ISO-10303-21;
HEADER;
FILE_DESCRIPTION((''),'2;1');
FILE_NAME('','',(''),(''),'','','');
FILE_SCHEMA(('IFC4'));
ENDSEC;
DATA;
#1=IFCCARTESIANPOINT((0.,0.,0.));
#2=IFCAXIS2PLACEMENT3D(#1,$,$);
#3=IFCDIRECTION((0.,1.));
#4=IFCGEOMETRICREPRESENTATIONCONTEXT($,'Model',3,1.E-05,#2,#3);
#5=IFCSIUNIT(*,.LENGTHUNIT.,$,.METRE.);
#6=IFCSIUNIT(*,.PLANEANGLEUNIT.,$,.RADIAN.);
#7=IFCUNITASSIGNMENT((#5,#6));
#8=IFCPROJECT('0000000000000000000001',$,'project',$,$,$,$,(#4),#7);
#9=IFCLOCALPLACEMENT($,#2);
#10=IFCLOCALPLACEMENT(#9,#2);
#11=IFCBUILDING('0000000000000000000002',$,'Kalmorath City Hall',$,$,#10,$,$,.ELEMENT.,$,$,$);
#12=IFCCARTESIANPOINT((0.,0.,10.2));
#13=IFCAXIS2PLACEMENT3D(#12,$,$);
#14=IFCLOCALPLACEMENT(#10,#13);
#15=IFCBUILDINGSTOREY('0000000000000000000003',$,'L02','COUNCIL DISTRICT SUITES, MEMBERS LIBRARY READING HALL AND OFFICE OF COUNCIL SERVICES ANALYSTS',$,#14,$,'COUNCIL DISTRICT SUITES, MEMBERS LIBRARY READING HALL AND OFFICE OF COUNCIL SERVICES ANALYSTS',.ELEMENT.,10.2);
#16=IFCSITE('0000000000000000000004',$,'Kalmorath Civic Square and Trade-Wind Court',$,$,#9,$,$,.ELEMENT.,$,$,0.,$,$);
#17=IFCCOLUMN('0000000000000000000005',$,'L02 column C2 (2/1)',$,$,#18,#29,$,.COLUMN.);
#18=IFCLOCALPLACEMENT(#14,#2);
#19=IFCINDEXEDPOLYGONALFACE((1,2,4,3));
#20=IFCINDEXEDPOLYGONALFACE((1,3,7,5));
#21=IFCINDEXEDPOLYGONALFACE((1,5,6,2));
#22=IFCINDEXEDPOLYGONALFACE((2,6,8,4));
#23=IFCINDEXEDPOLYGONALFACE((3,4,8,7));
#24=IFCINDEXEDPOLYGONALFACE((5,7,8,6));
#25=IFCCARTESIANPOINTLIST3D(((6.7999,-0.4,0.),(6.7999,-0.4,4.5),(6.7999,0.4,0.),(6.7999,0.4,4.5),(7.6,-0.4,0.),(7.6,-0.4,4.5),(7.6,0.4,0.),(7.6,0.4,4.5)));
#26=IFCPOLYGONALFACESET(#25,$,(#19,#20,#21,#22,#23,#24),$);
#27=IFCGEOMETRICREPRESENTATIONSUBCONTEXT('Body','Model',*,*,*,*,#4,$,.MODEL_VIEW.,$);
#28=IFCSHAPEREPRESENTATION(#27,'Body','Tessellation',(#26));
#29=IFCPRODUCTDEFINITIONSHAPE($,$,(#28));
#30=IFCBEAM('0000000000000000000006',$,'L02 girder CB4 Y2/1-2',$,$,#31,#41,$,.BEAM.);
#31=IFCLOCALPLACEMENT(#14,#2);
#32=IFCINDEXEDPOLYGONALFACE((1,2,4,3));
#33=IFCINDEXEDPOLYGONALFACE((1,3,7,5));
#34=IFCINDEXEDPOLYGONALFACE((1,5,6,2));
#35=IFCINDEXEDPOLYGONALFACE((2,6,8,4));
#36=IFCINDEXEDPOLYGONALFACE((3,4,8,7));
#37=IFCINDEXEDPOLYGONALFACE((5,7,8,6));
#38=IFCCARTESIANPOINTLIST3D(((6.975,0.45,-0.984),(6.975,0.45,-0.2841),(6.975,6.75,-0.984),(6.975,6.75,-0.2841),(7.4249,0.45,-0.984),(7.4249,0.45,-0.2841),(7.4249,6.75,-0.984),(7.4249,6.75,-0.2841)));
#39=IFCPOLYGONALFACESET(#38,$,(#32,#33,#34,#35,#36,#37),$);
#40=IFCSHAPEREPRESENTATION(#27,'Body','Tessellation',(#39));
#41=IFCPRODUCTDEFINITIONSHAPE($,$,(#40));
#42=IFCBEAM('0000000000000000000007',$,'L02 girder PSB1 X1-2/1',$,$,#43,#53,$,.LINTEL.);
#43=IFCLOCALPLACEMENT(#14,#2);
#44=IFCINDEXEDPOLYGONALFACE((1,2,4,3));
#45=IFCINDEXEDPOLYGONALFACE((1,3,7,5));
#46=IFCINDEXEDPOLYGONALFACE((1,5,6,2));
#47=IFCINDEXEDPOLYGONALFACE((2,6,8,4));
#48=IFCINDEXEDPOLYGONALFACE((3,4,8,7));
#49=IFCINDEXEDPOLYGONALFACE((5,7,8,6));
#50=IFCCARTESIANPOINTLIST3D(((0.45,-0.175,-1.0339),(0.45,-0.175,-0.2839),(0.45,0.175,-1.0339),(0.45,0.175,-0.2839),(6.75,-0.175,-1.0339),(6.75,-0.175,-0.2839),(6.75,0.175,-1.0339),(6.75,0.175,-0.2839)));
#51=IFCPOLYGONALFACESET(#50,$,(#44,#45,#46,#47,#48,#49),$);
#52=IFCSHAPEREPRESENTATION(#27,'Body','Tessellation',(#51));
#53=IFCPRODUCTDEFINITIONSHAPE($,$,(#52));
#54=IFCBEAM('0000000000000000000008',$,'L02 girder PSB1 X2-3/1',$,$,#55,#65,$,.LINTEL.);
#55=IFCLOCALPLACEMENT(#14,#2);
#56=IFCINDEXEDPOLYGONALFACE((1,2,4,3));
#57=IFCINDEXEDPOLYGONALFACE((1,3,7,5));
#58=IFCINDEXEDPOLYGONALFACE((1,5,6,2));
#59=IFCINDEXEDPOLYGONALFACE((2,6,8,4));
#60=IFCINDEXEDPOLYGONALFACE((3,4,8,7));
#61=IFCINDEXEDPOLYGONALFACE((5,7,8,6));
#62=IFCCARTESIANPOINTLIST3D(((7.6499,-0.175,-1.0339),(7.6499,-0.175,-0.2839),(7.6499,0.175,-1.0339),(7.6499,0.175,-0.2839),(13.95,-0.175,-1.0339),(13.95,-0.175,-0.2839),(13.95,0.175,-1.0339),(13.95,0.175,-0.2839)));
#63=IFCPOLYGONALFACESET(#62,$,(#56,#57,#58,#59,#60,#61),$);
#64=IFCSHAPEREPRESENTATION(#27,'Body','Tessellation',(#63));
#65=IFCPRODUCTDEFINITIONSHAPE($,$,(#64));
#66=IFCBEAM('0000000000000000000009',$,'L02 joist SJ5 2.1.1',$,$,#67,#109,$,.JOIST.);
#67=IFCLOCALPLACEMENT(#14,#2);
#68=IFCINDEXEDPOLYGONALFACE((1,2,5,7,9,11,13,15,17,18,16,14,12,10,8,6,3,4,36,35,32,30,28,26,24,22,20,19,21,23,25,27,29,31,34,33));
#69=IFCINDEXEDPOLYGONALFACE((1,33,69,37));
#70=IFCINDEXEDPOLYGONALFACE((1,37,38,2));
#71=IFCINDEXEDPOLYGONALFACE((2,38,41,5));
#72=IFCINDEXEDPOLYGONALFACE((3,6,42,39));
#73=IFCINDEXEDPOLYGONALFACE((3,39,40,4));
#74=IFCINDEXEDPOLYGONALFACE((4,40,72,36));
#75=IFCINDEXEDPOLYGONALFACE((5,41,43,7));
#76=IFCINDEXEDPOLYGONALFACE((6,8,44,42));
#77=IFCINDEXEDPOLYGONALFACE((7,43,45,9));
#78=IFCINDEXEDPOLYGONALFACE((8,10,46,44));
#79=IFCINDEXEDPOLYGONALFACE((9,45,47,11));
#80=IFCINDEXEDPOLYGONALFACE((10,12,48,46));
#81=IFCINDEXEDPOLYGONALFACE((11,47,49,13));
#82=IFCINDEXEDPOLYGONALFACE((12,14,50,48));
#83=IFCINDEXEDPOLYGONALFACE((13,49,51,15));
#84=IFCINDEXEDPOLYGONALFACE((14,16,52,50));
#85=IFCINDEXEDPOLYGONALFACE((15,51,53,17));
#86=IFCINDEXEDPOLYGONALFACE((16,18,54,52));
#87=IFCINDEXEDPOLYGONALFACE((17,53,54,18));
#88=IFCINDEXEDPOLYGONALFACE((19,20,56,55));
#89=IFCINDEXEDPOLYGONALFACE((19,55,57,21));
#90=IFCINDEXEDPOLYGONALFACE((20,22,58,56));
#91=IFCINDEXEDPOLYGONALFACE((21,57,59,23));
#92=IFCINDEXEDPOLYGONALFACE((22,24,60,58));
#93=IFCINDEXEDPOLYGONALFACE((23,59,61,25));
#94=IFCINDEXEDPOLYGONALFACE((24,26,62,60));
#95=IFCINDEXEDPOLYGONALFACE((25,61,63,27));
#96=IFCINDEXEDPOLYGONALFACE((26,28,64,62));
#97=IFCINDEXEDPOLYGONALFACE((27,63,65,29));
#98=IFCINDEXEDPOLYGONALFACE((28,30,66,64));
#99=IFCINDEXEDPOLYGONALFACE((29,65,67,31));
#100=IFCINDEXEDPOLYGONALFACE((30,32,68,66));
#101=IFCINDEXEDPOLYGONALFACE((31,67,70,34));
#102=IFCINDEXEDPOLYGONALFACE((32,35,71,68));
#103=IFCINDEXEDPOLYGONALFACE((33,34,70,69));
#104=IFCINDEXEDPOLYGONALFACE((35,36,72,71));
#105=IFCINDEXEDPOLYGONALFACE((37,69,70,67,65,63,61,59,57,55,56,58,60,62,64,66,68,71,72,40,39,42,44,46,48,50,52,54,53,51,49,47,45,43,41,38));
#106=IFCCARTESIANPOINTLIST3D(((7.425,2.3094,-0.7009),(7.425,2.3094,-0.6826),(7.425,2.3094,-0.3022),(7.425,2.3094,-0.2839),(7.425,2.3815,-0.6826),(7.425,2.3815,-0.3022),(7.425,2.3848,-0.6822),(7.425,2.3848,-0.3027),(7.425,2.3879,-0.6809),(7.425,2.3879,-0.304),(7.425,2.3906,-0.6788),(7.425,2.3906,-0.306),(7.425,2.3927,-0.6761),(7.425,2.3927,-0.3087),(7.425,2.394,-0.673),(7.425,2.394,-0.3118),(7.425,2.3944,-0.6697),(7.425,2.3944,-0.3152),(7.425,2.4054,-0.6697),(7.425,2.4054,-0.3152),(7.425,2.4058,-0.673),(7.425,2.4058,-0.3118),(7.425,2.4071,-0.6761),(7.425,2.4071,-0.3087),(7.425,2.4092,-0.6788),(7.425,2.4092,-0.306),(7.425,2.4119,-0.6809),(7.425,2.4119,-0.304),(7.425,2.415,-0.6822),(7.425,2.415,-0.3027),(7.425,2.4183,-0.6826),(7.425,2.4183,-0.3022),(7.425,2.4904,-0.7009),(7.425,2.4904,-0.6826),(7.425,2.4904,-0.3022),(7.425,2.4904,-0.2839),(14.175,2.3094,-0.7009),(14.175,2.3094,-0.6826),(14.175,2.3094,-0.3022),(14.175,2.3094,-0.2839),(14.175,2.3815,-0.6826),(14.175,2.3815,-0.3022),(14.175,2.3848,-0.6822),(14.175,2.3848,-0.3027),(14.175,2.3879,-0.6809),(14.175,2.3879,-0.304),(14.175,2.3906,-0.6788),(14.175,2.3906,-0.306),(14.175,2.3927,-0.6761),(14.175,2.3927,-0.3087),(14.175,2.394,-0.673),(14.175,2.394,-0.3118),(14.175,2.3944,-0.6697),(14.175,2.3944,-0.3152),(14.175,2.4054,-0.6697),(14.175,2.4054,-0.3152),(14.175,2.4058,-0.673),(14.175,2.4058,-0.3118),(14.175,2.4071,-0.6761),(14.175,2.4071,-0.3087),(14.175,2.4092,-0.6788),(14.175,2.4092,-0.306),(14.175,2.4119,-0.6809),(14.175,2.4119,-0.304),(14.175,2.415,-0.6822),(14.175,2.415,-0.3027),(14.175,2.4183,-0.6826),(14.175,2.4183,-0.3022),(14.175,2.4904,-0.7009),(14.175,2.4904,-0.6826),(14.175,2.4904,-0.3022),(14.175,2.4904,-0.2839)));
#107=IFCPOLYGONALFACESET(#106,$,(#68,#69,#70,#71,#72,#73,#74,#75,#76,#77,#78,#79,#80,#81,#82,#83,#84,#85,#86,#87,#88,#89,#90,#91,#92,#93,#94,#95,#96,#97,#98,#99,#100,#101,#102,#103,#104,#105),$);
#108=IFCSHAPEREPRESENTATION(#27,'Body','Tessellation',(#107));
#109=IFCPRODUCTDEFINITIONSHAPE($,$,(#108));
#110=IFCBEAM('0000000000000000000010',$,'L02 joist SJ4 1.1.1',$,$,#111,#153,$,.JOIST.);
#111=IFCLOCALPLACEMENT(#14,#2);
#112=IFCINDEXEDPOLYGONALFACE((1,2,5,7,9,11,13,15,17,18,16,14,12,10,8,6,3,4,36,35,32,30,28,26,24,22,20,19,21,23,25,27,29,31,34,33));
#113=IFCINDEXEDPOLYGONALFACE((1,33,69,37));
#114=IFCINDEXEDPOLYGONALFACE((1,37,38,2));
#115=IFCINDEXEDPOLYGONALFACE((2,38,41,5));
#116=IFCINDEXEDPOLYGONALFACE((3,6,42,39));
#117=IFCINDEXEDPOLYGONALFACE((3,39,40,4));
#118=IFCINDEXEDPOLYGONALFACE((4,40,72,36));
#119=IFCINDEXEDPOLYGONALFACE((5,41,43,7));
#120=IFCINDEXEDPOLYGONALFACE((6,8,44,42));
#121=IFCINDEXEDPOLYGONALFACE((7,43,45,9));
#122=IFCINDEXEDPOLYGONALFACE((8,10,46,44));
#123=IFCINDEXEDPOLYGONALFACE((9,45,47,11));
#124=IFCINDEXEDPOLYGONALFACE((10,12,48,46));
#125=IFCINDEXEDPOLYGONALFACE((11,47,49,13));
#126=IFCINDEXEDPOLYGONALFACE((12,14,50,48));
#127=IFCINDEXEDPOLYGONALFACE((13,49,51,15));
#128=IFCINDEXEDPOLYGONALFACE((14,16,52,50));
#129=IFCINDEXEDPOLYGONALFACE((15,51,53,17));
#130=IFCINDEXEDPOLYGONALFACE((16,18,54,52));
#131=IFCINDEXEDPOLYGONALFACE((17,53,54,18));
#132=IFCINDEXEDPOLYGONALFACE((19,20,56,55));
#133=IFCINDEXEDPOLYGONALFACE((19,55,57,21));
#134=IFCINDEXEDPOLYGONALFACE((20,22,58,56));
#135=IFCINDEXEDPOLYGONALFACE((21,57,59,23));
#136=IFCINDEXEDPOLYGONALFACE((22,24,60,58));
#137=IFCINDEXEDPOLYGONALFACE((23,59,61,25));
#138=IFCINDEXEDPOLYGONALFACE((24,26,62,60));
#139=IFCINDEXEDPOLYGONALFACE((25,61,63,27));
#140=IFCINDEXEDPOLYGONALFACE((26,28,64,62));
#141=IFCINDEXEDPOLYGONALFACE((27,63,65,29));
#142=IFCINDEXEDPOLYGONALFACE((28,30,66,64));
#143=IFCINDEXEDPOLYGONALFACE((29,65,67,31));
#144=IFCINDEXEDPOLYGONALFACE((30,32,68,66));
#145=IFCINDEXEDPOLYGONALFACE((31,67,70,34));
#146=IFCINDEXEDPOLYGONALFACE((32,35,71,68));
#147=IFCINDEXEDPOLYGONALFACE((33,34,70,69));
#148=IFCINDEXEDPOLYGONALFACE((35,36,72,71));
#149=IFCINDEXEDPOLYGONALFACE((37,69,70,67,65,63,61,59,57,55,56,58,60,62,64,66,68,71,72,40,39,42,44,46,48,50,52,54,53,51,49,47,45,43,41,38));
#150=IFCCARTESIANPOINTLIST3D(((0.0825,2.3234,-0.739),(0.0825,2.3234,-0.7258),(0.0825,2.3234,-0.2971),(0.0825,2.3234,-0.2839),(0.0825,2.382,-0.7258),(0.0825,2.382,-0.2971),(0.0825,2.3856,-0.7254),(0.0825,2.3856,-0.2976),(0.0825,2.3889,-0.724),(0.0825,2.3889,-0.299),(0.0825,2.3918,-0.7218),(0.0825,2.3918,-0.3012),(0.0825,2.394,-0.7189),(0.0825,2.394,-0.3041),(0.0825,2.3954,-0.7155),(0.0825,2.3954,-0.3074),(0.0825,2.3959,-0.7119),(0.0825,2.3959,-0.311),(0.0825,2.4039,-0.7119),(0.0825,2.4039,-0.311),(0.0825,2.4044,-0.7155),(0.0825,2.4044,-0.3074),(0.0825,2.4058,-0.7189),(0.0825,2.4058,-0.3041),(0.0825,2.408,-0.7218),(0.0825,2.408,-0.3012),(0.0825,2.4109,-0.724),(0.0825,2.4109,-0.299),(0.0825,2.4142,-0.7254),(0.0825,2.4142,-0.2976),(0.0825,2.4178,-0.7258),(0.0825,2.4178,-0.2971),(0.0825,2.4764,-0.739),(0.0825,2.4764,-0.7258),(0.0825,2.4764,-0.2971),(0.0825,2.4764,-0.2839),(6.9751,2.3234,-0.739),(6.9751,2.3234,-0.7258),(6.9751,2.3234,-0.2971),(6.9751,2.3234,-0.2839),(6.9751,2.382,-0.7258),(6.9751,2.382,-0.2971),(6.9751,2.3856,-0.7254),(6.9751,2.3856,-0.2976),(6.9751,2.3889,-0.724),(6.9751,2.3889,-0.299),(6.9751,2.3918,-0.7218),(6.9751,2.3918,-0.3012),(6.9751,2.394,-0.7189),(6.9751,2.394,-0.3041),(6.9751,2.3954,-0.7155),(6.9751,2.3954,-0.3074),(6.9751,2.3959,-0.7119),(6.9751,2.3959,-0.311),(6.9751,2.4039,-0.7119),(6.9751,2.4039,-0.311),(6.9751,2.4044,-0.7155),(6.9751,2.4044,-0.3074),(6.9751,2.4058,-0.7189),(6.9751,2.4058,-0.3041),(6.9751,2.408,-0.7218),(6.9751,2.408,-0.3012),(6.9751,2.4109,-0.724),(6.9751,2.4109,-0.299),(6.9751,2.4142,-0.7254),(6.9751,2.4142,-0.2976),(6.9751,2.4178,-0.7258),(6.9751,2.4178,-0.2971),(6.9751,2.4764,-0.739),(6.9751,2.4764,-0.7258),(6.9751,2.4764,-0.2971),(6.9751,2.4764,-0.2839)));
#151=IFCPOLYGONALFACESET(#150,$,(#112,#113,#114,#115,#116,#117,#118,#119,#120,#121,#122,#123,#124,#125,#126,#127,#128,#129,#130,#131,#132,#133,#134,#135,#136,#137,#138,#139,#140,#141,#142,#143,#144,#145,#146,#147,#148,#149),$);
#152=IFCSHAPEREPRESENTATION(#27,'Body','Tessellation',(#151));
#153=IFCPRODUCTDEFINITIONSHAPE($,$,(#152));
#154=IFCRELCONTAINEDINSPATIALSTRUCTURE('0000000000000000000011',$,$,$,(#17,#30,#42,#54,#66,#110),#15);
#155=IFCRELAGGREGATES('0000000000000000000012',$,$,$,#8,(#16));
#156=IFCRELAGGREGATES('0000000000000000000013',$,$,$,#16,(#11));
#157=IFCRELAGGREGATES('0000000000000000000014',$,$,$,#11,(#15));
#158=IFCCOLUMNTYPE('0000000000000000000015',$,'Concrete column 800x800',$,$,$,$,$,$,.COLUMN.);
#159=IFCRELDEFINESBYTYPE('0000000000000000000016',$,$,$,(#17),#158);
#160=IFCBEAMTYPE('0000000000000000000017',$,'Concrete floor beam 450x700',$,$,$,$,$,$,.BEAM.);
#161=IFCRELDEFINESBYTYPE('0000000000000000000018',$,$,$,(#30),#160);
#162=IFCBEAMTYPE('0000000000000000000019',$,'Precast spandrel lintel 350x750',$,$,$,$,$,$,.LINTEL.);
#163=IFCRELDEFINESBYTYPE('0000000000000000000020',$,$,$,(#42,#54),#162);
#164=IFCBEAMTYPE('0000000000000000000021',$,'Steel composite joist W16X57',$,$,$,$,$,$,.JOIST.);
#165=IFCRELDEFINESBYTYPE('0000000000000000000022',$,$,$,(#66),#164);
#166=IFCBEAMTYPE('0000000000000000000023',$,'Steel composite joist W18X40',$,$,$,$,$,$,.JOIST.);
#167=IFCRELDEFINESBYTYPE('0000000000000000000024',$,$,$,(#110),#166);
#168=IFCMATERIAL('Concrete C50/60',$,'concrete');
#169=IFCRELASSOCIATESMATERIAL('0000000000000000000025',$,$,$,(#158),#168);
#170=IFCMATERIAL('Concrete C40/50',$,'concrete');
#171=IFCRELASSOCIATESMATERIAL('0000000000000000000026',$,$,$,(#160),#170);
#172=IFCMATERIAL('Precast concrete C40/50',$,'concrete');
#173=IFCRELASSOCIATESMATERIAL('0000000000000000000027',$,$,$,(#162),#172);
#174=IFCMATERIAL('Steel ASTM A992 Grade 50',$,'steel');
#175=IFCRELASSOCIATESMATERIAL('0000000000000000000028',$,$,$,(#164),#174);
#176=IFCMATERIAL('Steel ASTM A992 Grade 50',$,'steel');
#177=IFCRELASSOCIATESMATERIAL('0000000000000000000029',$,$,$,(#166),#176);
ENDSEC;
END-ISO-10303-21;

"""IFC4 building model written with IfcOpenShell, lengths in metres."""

from ifc_helpers import new_model, si_unit, direction, frame, origin, origin_2d, place, context, subcontext, project, spatial, rectangle, i_section, extrude, material, material_profile, profile_set, type_object, element, save


model = new_model("IFC4")

# Units and contexts
model_context = context("Model", 3, precision=1e-05, world=origin(), true_north=direction((0.0, 1.0)))
body_context = subcontext(model_context, "Body", "Model", "MODEL_VIEW")
ifc_project = project(units=[si_unit("LENGTHUNIT", "METRE"), si_unit("PLANEANGLEUNIT", "RADIAN")], contexts=[model_context])

# Site, building, storey
site_placement = place(None, origin())
site = spatial("IfcSite", under=ifc_project, at=site_placement, Name="Kalmorath Civic Square and Trade-Wind Court", CompositionType="ELEMENT", RefElevation=0.0)
building_placement = place(site_placement, origin())
building = spatial("IfcBuilding", under=site, at=building_placement, Name="Kalmorath City Hall", CompositionType="ELEMENT")
storey_placement = place(building_placement, frame((0.0, 0.0, 10.2)))
storey = spatial("IfcBuildingStorey", under=building, at=storey_placement, Name="L02", Description="COUNCIL DISTRICT SUITES, MEMBERS LIBRARY READING HALL AND OFFICE OF COUNCIL SERVICES ANALYSTS", LongName="COUNCIL DISTRICT SUITES, MEMBERS LIBRARY READING HALL AND OFFICE OF COUNCIL SERVICES ANALYSTS", CompositionType="ELEMENT", Elevation=10.2)

# Column
ifc_material_1 = material(Name="Concrete C50/60", Category="concrete")
ifc_material_profile_1 = material_profile(ifc_material_1, rectangle(XDim=0.8, YDim=0.8, at=origin_2d()), Name="RC-COL-800X800")
ifc_profile_set_1 = profile_set([ifc_material_profile_1], Name="Concrete C50/60")
column_type = type_object("IfcColumnType", Name="Concrete column 800x800", PredefinedType="COLUMN", material=ifc_profile_set_1)
column_placement = place(storey_placement, frame((7.2, 0.0, 0.0), z_axis=(0.0, 0.0, 1.0), x_axis=(1.0, 0.0, 0.0)))
element("IfcColumn", 1, at=column_placement, inside=storey, type_object=column_type, Name="L02 column C2 (2/1)", PredefinedType="COLUMN", context=body_context, shape_type="SweptSolid", body=[
    extrude(rectangle(XDim=0.8, YDim=0.8, at=origin_2d()), origin(), (0.0, 0.0, 1.0), 4.5),
])

# Beams
ifc_material_2 = material(Name="Concrete C40/50", Category="concrete")
ifc_material_profile_2 = material_profile(ifc_material_2, rectangle(XDim=0.45, YDim=0.7, at=origin_2d()), Name="RC-BM-450X700")
ifc_profile_set_2 = profile_set([ifc_material_profile_2], Name="Concrete C40/50")
beam_type_1 = type_object("IfcBeamType", Name="Concrete floor beam 450x700", PredefinedType="BEAM", material=ifc_profile_set_2)
beam_1_placement = place(storey_placement, frame((7.2, 0.45, -0.634), z_axis=(0.0, 1.0, 0.0), x_axis=(-1.0, 0.0, 0.0)))
element("IfcBeam", 2, at=beam_1_placement, inside=storey, type_object=beam_type_1, Name="L02 girder CB4 Y2/1-2", PredefinedType="BEAM", context=body_context, shape_type="SweptSolid", body=[
    extrude(rectangle(XDim=0.45, YDim=0.7, at=origin_2d()), origin(), (0.0, 0.0, 1.0), 6.3),
])
ifc_material_3 = material(Name="Precast concrete C40/50", Category="concrete")
ifc_material_profile_3 = material_profile(ifc_material_3, rectangle(XDim=0.3501, YDim=0.75, at=origin_2d()), Name="PC-SP-350X750")
ifc_profile_set_3 = profile_set([ifc_material_profile_3], Name="Precast concrete C40/50")
beam_type_2 = type_object("IfcBeamType", Name="Precast spandrel lintel 350x750", PredefinedType="LINTEL", material=ifc_profile_set_3)
for number, where, z_axis, x_axis, name in (
    (3, (0.45, 0.0, -0.6589), (1.0, 0.0, 0.0), (0.0, 1.0, 0.0), "L02 girder PSB1 X1-2/1"),
    (4, (7.6499, 0.0, -0.6589), (1.0, 0.0, 0.0), (0.0, 1.0, 0.0), "L02 girder PSB1 X2-3/1"),
):
    element("IfcBeam", number, at=place(storey_placement, frame(where, z_axis=z_axis, x_axis=x_axis)), inside=storey, type_object=beam_type_2, Name=name, PredefinedType="LINTEL", context=body_context, shape_type="SweptSolid", body=[
        extrude(rectangle(XDim=0.3501, YDim=0.75, at=origin_2d()), origin(), (0.0, 0.0, 1.0), 6.3),
    ])
ifc_material_4 = material(Name="Steel ASTM A992 Grade 50", Category="steel")
ifc_material_profile_4 = material_profile(ifc_material_4, i_section(OverallWidth=0.1809, OverallDepth=0.417, WebThickness=0.011, FlangeThickness=0.0183, FilletRadius=0.0129, at=origin_2d()), Name="W16X57")
ifc_profile_set_4 = profile_set([ifc_material_profile_4], Name="Steel ASTM A992 Grade 50")
beam_type_3 = type_object("IfcBeamType", Name="Steel composite joist W16X57", PredefinedType="JOIST", material=ifc_profile_set_4)
beam_2_placement = place(storey_placement, frame((7.425, 2.3999, -0.4924), z_axis=(1.0, 0.0, 0.0), x_axis=(0.0, 1.0, 0.0)))
element("IfcBeam", 5, at=beam_2_placement, inside=storey, type_object=beam_type_3, Name="L02 joist SJ5 2.1.1", PredefinedType="JOIST", context=body_context, shape_type="SweptSolid", body=[
    extrude(i_section(OverallWidth=0.1809, OverallDepth=0.417, WebThickness=0.011, FlangeThickness=0.0183, FilletRadius=0.0129, at=origin_2d()), origin(), (0.0, 0.0, 1.0), 6.75),
])
ifc_material_5 = material(Name="Steel ASTM A992 Grade 50", Category="steel")
ifc_material_profile_5 = material_profile(ifc_material_5, i_section(OverallWidth=0.1531, OverallDepth=0.4551, WebThickness=0.0081, FlangeThickness=0.0132, FilletRadius=0.0139, at=origin_2d()), Name="W18X40")
ifc_profile_set_5 = profile_set([ifc_material_profile_5], Name="Steel ASTM A992 Grade 50")
beam_type_4 = type_object("IfcBeamType", Name="Steel composite joist W18X40", PredefinedType="JOIST", material=ifc_profile_set_5)
beam_3_placement = place(storey_placement, frame((0.0825, 2.3999, -0.5115), z_axis=(1.0, 0.0, 0.0), x_axis=(0.0, 1.0, 0.0)))
element("IfcBeam", 6, at=beam_3_placement, inside=storey, type_object=beam_type_4, Name="L02 joist SJ4 1.1.1", PredefinedType="JOIST", context=body_context, shape_type="SweptSolid", body=[
    extrude(i_section(OverallWidth=0.1531, OverallDepth=0.4551, WebThickness=0.0081, FlangeThickness=0.0132, FilletRadius=0.0139, at=origin_2d()), origin(), (0.0, 0.0, 1.0), 6.8926),
])

save(model, "model.ifc")
